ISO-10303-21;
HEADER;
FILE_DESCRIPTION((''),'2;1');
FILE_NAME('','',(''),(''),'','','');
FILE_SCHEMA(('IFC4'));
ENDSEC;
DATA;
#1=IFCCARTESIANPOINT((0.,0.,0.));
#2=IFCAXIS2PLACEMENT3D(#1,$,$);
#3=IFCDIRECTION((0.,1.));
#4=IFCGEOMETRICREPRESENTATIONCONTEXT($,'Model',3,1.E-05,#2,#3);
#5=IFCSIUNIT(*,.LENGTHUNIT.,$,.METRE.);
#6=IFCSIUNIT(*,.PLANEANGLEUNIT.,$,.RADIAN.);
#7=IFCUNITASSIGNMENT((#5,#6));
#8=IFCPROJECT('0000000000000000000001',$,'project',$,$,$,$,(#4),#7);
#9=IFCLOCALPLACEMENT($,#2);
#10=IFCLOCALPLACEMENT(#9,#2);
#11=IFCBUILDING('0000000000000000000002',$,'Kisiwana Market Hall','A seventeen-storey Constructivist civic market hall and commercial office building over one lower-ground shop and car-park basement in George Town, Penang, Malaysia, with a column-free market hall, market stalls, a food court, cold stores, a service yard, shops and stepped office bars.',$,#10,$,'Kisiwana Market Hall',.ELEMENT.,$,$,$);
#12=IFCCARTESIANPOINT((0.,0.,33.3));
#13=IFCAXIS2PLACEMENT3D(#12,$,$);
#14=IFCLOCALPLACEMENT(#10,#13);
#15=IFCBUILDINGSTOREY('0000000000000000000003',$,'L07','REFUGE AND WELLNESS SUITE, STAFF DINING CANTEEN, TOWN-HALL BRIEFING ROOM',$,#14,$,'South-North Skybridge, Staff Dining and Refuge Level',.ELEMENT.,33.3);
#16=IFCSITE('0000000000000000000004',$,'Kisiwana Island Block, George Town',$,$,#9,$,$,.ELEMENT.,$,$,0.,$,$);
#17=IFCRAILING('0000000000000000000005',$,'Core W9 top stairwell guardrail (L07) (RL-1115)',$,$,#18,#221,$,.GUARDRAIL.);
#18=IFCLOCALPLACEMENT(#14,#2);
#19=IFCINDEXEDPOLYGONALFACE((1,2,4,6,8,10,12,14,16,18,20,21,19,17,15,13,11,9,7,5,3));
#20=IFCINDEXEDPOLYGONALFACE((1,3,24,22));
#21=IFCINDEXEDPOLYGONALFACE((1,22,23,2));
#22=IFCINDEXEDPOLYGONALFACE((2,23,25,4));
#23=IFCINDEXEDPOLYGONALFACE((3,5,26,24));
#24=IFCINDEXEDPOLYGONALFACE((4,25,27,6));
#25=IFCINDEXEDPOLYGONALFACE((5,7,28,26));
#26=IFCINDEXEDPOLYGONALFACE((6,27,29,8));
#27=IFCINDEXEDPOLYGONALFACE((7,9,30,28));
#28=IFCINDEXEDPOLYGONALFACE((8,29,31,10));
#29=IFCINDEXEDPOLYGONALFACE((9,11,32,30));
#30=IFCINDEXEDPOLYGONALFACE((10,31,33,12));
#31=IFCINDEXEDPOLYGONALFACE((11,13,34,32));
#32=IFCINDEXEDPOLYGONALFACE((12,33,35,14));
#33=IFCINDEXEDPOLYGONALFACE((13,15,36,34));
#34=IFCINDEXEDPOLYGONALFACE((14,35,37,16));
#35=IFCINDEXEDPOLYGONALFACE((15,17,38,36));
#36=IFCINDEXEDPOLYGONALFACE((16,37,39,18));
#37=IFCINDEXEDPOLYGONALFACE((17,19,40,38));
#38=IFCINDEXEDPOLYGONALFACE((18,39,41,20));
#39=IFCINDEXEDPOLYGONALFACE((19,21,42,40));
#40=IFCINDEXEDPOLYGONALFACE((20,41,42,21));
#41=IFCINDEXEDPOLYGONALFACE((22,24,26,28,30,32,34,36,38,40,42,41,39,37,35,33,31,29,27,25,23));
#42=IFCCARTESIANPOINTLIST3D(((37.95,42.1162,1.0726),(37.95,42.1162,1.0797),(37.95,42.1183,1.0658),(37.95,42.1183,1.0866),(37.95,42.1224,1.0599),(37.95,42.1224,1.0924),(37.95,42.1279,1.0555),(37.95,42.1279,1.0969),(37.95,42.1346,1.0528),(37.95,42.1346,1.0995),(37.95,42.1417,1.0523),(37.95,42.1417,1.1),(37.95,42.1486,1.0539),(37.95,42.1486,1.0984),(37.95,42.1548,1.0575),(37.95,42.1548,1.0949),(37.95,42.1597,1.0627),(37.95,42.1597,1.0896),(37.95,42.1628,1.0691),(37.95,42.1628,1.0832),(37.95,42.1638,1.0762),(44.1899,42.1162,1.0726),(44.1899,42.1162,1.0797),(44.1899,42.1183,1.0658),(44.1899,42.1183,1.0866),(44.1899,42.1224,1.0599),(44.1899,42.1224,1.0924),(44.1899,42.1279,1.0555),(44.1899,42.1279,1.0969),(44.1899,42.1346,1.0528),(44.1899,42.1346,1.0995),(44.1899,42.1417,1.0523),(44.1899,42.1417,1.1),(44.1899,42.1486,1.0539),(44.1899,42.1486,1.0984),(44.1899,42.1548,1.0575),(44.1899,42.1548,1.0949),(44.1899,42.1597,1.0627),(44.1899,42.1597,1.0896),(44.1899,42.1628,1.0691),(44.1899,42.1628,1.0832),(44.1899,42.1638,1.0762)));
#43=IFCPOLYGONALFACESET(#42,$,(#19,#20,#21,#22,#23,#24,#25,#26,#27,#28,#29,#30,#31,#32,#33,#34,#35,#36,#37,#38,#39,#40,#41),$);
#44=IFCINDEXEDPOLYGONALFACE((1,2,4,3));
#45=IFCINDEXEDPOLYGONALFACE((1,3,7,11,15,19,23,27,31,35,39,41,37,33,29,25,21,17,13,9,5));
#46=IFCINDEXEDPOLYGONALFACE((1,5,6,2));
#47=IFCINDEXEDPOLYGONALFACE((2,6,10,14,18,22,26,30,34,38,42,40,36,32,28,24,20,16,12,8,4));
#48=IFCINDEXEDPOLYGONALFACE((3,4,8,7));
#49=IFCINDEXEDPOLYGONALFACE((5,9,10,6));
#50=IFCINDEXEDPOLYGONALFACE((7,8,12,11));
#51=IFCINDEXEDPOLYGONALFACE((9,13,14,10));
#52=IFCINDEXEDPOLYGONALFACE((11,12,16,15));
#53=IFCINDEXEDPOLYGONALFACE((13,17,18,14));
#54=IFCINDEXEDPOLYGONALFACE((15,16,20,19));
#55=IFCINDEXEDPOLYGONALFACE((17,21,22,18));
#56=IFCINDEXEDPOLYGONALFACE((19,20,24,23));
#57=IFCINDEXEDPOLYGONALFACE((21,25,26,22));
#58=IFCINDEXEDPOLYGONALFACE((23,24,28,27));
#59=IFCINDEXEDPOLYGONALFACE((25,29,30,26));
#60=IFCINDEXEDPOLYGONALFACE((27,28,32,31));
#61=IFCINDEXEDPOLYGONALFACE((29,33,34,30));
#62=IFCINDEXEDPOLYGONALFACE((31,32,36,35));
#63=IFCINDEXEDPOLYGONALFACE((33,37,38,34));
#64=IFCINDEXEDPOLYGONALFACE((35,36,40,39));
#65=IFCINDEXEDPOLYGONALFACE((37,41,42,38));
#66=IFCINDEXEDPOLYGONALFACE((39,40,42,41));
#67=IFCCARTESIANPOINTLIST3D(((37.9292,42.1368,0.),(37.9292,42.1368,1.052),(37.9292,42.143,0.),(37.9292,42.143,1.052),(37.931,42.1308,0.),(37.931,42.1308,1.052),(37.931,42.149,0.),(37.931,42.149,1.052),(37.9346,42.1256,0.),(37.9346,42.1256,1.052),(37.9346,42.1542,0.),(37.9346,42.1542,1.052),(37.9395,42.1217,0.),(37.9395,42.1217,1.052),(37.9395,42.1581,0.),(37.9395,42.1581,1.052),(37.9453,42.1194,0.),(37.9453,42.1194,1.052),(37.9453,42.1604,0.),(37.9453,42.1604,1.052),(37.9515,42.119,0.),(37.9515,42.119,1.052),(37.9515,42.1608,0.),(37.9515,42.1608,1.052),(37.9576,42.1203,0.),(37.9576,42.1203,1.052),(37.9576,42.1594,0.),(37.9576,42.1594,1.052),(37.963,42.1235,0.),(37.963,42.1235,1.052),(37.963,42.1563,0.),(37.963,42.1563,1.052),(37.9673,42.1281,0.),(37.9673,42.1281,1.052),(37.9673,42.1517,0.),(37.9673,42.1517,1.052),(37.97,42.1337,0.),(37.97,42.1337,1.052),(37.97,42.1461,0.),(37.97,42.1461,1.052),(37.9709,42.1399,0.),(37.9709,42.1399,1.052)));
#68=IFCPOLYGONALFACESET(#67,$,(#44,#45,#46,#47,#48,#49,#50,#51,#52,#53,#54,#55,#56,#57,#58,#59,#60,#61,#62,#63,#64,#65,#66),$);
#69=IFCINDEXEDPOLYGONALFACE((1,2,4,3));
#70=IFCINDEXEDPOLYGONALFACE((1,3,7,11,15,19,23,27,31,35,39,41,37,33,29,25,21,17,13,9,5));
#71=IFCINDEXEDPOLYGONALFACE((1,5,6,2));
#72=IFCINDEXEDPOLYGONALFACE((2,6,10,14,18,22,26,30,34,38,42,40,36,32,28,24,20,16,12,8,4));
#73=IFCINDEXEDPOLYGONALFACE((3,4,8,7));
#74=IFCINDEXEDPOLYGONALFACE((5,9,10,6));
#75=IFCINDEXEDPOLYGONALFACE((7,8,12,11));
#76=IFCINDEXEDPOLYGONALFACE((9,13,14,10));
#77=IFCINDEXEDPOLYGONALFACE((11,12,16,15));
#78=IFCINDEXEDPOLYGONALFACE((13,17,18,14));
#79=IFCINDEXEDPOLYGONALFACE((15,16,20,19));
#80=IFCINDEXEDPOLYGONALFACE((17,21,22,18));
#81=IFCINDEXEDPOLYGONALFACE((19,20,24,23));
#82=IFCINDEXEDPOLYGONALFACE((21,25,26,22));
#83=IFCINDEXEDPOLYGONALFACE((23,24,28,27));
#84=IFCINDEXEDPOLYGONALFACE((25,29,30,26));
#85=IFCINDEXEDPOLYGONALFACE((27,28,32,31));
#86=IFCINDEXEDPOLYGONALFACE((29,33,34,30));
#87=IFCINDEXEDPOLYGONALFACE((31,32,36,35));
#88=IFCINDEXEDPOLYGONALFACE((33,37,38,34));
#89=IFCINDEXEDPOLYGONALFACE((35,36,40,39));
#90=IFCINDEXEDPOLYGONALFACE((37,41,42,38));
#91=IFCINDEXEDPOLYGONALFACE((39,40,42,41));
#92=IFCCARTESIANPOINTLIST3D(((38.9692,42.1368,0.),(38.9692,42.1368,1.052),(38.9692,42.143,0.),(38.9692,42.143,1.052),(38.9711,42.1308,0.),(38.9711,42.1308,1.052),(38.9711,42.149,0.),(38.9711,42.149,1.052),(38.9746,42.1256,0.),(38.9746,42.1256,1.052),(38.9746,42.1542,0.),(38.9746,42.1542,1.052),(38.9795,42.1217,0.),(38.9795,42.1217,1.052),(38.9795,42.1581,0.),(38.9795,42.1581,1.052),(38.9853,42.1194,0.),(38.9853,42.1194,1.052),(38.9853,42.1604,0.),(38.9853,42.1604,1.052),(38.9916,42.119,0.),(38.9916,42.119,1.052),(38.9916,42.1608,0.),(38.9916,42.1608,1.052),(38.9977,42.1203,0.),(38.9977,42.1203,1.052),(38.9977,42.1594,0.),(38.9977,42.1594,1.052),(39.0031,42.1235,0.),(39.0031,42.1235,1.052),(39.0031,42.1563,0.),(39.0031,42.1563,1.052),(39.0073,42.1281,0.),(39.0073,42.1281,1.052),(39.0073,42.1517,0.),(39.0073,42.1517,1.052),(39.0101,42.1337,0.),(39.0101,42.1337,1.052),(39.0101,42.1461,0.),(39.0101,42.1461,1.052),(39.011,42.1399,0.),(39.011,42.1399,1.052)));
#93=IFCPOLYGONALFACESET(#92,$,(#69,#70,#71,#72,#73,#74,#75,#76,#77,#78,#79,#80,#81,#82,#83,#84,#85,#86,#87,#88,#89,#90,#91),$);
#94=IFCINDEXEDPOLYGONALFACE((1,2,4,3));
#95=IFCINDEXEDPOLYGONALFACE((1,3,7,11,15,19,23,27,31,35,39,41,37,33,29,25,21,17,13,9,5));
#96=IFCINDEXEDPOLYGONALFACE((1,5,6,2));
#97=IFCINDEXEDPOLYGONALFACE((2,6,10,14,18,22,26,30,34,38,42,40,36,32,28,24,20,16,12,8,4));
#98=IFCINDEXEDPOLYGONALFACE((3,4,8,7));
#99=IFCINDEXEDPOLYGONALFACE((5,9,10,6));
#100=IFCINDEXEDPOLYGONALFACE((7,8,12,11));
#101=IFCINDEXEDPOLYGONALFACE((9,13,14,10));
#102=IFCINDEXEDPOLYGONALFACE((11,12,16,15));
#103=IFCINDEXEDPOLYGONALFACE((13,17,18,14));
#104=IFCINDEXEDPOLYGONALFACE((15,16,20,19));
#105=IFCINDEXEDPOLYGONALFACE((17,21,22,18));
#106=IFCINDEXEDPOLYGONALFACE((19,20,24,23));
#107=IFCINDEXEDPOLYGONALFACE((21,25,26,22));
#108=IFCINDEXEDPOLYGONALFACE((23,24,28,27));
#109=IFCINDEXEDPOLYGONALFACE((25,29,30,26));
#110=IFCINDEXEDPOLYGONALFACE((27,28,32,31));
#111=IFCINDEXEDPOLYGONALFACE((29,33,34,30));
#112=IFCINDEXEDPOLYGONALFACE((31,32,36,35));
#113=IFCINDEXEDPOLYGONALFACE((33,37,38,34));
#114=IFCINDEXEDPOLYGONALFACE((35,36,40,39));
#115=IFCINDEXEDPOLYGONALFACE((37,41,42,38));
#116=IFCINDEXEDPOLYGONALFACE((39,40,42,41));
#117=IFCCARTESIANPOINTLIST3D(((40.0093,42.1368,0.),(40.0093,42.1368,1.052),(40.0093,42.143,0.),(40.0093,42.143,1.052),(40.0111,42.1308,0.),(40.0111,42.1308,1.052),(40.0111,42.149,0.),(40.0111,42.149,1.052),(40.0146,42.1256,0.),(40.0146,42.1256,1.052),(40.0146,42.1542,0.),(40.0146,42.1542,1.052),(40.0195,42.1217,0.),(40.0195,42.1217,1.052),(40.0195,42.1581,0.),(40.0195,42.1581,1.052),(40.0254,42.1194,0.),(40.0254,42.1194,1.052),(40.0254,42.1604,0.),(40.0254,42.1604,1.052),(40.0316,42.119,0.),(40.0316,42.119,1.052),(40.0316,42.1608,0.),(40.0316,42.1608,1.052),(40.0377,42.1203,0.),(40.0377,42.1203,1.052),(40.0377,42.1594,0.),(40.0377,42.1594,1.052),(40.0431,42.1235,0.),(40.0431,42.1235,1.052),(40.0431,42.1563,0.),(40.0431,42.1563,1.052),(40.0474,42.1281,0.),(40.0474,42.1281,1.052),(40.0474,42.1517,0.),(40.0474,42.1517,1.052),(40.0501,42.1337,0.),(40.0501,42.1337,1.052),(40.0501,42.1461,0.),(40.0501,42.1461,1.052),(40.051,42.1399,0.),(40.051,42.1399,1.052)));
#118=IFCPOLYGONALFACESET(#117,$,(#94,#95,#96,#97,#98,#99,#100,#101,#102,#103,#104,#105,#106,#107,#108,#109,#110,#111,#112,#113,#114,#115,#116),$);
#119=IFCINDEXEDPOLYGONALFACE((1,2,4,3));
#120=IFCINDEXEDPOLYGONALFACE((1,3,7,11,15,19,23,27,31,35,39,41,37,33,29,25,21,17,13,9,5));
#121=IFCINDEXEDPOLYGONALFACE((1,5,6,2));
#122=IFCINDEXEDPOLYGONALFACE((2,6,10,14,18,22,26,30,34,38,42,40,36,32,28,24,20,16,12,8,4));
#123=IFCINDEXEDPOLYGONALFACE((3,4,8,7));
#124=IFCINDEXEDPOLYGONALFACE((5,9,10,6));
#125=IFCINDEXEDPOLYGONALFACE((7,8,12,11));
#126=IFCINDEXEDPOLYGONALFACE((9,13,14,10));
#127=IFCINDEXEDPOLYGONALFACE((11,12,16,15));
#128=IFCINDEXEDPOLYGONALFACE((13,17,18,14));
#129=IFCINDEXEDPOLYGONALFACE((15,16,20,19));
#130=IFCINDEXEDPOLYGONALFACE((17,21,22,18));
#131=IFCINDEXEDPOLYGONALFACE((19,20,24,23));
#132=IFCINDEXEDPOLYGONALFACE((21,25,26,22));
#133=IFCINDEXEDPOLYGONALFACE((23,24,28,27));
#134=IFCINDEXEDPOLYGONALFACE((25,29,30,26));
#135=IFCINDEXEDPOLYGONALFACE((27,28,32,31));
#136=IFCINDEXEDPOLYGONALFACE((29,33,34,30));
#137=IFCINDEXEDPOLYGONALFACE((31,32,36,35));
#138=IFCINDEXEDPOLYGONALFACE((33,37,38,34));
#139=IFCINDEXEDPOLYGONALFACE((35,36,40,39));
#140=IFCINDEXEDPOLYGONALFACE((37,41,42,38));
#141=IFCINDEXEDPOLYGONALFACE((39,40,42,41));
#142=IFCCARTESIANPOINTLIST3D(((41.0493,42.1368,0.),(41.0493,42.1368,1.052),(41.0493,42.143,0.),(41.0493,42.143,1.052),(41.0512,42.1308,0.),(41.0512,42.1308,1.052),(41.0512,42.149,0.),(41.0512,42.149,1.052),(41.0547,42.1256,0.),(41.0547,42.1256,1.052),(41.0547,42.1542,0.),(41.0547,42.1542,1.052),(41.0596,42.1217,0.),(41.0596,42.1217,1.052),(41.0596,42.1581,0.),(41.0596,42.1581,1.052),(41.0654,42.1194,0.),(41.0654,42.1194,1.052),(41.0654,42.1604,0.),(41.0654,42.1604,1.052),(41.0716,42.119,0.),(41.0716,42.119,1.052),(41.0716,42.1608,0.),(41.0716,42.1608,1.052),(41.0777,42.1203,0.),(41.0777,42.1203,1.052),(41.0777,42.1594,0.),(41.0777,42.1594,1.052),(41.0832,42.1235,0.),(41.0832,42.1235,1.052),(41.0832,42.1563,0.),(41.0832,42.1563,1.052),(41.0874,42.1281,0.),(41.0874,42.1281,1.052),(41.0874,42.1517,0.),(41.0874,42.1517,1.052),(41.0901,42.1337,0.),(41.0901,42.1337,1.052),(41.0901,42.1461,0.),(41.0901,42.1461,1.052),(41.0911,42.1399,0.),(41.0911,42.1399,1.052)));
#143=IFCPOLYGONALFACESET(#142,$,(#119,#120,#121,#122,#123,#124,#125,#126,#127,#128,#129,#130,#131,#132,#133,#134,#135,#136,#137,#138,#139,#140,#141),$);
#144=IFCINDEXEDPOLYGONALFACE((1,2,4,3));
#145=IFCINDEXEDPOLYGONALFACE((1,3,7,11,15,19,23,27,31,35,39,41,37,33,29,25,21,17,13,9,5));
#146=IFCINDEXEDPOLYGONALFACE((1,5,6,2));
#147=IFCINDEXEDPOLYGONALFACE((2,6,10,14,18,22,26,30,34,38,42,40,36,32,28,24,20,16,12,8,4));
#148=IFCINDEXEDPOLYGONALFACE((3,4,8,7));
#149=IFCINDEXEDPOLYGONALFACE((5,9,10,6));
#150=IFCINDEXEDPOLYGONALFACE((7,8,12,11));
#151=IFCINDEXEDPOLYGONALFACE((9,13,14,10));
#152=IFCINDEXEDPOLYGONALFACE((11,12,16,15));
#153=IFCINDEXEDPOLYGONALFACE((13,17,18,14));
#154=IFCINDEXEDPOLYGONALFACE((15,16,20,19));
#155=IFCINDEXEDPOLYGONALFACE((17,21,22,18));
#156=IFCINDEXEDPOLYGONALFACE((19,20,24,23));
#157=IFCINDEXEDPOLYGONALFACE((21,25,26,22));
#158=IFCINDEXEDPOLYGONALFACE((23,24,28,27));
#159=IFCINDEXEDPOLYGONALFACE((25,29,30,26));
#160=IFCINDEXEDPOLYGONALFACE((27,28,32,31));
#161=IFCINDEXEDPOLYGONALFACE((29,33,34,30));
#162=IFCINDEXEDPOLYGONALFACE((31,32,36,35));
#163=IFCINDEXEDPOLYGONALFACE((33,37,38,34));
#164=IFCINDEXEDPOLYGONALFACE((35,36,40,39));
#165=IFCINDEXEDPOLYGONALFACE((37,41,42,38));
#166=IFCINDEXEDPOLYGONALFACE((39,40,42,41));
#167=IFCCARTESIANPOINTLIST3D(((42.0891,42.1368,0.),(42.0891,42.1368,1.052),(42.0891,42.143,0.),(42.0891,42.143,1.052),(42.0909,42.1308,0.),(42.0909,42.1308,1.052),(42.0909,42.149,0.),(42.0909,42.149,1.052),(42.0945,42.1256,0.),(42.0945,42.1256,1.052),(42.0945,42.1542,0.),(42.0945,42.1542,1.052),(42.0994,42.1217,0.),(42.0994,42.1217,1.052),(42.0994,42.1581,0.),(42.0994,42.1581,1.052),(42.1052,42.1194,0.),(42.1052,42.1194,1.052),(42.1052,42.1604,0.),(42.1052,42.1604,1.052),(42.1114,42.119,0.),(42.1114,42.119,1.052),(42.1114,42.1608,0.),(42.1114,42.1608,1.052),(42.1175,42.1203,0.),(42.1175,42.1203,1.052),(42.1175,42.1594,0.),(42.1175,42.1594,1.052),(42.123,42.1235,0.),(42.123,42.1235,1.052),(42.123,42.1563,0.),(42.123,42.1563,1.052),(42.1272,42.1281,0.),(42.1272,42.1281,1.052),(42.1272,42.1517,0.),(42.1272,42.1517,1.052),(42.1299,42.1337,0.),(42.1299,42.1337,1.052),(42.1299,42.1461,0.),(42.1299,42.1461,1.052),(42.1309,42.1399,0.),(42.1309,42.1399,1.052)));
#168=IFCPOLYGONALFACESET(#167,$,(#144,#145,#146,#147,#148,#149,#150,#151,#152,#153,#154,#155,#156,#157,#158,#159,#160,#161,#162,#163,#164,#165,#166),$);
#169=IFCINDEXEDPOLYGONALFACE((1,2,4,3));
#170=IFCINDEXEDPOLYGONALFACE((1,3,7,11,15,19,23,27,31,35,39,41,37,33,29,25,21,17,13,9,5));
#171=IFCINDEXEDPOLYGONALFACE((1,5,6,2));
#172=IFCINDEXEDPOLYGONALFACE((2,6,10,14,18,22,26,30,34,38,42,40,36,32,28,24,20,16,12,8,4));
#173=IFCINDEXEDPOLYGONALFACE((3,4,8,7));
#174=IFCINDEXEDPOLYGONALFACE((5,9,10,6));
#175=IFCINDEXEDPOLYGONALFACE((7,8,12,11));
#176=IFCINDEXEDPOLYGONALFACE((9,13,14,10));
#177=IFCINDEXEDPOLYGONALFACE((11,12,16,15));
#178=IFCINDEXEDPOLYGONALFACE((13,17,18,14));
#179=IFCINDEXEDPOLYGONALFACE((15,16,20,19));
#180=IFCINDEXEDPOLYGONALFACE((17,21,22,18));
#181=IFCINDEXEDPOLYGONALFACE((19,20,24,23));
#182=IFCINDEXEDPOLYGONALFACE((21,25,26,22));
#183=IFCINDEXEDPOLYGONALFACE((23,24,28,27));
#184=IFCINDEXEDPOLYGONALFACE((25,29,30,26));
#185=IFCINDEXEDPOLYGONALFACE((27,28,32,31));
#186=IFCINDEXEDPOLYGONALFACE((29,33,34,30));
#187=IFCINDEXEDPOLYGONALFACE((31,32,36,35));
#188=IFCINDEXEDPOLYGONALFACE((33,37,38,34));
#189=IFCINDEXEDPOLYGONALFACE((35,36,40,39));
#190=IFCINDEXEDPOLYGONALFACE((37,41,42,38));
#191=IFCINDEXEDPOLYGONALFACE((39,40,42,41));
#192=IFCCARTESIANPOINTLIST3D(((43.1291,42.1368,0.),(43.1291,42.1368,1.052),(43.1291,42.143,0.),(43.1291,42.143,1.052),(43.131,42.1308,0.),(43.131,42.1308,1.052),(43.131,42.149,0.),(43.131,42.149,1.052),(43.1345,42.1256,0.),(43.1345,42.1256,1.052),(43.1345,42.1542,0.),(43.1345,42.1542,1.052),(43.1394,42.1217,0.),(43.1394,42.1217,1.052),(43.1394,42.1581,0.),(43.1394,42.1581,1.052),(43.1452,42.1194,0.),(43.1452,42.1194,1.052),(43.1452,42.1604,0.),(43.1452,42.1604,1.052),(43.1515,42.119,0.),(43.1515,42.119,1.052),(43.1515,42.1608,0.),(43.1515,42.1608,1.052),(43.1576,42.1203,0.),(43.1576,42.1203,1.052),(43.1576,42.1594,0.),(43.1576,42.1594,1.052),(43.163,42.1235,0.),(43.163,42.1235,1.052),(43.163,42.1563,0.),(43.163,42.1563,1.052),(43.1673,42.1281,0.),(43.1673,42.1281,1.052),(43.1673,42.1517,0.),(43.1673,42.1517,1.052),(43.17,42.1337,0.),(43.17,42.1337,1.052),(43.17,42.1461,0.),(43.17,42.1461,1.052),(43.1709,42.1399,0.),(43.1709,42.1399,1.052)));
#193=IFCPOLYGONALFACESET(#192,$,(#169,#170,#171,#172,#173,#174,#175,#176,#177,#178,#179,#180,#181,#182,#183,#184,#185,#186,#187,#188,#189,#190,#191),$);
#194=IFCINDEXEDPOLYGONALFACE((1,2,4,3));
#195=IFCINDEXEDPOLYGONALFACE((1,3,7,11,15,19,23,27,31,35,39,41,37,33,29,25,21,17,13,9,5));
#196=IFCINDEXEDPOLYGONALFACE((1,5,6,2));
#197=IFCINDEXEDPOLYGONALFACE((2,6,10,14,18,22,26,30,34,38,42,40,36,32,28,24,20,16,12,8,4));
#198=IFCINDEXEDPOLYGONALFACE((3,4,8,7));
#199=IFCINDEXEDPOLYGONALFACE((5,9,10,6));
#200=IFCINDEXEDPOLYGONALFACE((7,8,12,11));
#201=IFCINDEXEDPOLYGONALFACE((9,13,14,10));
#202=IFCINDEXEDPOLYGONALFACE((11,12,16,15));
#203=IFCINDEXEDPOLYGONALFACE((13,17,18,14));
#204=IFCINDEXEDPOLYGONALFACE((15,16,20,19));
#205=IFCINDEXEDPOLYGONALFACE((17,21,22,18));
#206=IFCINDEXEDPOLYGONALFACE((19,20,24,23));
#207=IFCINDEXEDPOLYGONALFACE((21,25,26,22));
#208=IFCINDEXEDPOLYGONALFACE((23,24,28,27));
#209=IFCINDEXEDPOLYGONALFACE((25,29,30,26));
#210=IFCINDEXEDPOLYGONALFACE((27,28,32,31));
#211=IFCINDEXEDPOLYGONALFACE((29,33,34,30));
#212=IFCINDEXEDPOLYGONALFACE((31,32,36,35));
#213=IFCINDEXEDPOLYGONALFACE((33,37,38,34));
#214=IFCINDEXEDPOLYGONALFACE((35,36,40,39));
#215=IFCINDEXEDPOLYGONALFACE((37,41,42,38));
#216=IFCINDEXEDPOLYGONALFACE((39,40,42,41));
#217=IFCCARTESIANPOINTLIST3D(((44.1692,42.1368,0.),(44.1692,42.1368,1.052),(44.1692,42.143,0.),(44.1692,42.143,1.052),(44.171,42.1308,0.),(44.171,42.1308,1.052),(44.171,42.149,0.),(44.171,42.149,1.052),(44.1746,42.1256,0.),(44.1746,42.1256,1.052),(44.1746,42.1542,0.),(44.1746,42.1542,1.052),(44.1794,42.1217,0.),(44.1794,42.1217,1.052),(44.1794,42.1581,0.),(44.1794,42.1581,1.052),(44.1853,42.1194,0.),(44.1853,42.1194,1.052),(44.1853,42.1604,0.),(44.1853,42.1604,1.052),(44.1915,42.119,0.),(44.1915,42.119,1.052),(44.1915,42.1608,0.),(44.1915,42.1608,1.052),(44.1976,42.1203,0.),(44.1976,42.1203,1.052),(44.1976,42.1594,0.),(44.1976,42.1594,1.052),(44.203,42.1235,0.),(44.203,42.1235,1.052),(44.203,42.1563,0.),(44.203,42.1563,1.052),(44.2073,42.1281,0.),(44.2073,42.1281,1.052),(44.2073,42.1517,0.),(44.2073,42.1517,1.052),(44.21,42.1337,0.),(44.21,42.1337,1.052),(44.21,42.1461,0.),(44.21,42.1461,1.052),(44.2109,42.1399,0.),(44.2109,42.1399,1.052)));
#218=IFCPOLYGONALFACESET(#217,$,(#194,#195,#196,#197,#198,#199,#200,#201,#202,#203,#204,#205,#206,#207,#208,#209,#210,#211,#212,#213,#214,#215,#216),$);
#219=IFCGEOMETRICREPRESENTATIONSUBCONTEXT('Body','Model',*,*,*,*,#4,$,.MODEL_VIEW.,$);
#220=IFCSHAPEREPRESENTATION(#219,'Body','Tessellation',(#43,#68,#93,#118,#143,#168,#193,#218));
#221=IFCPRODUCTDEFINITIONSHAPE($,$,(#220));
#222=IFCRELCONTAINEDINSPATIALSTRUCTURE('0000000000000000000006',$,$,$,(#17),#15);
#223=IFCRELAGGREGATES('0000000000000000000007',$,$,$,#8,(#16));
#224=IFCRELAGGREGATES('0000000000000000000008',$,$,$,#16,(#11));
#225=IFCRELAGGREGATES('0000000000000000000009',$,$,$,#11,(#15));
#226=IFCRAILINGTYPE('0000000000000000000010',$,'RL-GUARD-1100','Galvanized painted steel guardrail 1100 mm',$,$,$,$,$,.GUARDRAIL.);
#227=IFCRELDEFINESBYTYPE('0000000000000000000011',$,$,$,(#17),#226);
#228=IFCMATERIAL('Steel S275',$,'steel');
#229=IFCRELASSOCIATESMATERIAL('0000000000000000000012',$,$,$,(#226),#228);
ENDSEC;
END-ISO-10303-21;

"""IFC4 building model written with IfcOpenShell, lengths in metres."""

from ifc_helpers import new_model, si_unit, direction, frame, origin, origin_2d, place, context, subcontext, project, spatial, circle, extrude, material, type_object, element, save


model = new_model("IFC4")

# Units and contexts
model_context = context("Model", 3, precision=1e-05, world=origin(), true_north=direction((0.0, 1.0)))
body_context = subcontext(model_context, "Body", "Model", "MODEL_VIEW")
ifc_project = project(units=[si_unit("LENGTHUNIT", "METRE"), si_unit("PLANEANGLEUNIT", "RADIAN")], contexts=[model_context])

# Site, building, storey
site_placement = place(None, origin())
site = spatial("IfcSite", under=ifc_project, at=site_placement, Name="Kisiwana Island Block, George Town", CompositionType="ELEMENT", RefElevation=0.0)
building_placement = place(site_placement, origin())
building = spatial("IfcBuilding", under=site, at=building_placement, Name="Kisiwana Market Hall", Description="A seventeen-storey Constructivist civic market hall and commercial office building over one lower-ground shop and car-park basement in George Town, Penang, Malaysia, with a column-free market hall, market stalls, a food court, cold stores, a service yard, shops and stepped office bars.", LongName="Kisiwana Market Hall", CompositionType="ELEMENT")
storey_placement = place(building_placement, frame((0.0, 0.0, 33.3)))
storey = spatial("IfcBuildingStorey", under=building, at=storey_placement, Name="L07", Description="REFUGE AND WELLNESS SUITE, STAFF DINING CANTEEN, TOWN-HALL BRIEFING ROOM", LongName="South-North Skybridge, Staff Dining and Refuge Level", CompositionType="ELEMENT", Elevation=33.3)

# Railing
ifc_material_1 = material(Name="Steel S275", Category="steel")
railing_type_1 = type_object("IfcRailingType", Name="RL-GUARD-1100", Description="Galvanized painted steel guardrail 1100 mm", PredefinedType="GUARDRAIL", material=ifc_material_1)
railing_1_placement = place(storey_placement, frame((37.95, 42.1399, 0.0)))
element("IfcRailing", 1, at=railing_1_placement, inside=storey, type_object=railing_type_1, Name="Core W9 top stairwell guardrail (L07) (RL-1115)", PredefinedType="GUARDRAIL", context=body_context, shape_type="SweptSolid", body=[
    extrude(circle(Radius=0.0239, at=origin_2d()), frame((0.0, 0.0, 1.0762), z_axis=(1.0, 0.0, 0.0), x_axis=(0.0, 1.0, 0.0)), (0.0, 0.0, 1.0), 6.24),
    extrude(circle(Radius=0.021, at=origin_2d()), origin(), (0.0, 0.0, 1.0), 1.052),
    extrude(circle(Radius=0.021, at=origin_2d()), frame((1.04, 0.0, 0.0)), (0.0, 0.0, 1.0), 1.052),
    extrude(circle(Radius=0.021, at=origin_2d()), frame((2.0801, 0.0, 0.0)), (0.0, 0.0, 1.0), 1.052),
    extrude(circle(Radius=0.021, at=origin_2d()), frame((3.1201, 0.0, 0.0)), (0.0, 0.0, 1.0), 1.052),
    extrude(circle(Radius=0.021, at=origin_2d()), frame((4.1599, 0.0, 0.0)), (0.0, 0.0, 1.0), 1.052),
    extrude(circle(Radius=0.021, at=origin_2d()), frame((5.2, 0.0, 0.0)), (0.0, 0.0, 1.0), 1.052),
    extrude(circle(Radius=0.021, at=origin_2d()), frame((6.24, 0.0, 0.0)), (0.0, 0.0, 1.0), 1.052),
])

save(model, "model.ifc")
